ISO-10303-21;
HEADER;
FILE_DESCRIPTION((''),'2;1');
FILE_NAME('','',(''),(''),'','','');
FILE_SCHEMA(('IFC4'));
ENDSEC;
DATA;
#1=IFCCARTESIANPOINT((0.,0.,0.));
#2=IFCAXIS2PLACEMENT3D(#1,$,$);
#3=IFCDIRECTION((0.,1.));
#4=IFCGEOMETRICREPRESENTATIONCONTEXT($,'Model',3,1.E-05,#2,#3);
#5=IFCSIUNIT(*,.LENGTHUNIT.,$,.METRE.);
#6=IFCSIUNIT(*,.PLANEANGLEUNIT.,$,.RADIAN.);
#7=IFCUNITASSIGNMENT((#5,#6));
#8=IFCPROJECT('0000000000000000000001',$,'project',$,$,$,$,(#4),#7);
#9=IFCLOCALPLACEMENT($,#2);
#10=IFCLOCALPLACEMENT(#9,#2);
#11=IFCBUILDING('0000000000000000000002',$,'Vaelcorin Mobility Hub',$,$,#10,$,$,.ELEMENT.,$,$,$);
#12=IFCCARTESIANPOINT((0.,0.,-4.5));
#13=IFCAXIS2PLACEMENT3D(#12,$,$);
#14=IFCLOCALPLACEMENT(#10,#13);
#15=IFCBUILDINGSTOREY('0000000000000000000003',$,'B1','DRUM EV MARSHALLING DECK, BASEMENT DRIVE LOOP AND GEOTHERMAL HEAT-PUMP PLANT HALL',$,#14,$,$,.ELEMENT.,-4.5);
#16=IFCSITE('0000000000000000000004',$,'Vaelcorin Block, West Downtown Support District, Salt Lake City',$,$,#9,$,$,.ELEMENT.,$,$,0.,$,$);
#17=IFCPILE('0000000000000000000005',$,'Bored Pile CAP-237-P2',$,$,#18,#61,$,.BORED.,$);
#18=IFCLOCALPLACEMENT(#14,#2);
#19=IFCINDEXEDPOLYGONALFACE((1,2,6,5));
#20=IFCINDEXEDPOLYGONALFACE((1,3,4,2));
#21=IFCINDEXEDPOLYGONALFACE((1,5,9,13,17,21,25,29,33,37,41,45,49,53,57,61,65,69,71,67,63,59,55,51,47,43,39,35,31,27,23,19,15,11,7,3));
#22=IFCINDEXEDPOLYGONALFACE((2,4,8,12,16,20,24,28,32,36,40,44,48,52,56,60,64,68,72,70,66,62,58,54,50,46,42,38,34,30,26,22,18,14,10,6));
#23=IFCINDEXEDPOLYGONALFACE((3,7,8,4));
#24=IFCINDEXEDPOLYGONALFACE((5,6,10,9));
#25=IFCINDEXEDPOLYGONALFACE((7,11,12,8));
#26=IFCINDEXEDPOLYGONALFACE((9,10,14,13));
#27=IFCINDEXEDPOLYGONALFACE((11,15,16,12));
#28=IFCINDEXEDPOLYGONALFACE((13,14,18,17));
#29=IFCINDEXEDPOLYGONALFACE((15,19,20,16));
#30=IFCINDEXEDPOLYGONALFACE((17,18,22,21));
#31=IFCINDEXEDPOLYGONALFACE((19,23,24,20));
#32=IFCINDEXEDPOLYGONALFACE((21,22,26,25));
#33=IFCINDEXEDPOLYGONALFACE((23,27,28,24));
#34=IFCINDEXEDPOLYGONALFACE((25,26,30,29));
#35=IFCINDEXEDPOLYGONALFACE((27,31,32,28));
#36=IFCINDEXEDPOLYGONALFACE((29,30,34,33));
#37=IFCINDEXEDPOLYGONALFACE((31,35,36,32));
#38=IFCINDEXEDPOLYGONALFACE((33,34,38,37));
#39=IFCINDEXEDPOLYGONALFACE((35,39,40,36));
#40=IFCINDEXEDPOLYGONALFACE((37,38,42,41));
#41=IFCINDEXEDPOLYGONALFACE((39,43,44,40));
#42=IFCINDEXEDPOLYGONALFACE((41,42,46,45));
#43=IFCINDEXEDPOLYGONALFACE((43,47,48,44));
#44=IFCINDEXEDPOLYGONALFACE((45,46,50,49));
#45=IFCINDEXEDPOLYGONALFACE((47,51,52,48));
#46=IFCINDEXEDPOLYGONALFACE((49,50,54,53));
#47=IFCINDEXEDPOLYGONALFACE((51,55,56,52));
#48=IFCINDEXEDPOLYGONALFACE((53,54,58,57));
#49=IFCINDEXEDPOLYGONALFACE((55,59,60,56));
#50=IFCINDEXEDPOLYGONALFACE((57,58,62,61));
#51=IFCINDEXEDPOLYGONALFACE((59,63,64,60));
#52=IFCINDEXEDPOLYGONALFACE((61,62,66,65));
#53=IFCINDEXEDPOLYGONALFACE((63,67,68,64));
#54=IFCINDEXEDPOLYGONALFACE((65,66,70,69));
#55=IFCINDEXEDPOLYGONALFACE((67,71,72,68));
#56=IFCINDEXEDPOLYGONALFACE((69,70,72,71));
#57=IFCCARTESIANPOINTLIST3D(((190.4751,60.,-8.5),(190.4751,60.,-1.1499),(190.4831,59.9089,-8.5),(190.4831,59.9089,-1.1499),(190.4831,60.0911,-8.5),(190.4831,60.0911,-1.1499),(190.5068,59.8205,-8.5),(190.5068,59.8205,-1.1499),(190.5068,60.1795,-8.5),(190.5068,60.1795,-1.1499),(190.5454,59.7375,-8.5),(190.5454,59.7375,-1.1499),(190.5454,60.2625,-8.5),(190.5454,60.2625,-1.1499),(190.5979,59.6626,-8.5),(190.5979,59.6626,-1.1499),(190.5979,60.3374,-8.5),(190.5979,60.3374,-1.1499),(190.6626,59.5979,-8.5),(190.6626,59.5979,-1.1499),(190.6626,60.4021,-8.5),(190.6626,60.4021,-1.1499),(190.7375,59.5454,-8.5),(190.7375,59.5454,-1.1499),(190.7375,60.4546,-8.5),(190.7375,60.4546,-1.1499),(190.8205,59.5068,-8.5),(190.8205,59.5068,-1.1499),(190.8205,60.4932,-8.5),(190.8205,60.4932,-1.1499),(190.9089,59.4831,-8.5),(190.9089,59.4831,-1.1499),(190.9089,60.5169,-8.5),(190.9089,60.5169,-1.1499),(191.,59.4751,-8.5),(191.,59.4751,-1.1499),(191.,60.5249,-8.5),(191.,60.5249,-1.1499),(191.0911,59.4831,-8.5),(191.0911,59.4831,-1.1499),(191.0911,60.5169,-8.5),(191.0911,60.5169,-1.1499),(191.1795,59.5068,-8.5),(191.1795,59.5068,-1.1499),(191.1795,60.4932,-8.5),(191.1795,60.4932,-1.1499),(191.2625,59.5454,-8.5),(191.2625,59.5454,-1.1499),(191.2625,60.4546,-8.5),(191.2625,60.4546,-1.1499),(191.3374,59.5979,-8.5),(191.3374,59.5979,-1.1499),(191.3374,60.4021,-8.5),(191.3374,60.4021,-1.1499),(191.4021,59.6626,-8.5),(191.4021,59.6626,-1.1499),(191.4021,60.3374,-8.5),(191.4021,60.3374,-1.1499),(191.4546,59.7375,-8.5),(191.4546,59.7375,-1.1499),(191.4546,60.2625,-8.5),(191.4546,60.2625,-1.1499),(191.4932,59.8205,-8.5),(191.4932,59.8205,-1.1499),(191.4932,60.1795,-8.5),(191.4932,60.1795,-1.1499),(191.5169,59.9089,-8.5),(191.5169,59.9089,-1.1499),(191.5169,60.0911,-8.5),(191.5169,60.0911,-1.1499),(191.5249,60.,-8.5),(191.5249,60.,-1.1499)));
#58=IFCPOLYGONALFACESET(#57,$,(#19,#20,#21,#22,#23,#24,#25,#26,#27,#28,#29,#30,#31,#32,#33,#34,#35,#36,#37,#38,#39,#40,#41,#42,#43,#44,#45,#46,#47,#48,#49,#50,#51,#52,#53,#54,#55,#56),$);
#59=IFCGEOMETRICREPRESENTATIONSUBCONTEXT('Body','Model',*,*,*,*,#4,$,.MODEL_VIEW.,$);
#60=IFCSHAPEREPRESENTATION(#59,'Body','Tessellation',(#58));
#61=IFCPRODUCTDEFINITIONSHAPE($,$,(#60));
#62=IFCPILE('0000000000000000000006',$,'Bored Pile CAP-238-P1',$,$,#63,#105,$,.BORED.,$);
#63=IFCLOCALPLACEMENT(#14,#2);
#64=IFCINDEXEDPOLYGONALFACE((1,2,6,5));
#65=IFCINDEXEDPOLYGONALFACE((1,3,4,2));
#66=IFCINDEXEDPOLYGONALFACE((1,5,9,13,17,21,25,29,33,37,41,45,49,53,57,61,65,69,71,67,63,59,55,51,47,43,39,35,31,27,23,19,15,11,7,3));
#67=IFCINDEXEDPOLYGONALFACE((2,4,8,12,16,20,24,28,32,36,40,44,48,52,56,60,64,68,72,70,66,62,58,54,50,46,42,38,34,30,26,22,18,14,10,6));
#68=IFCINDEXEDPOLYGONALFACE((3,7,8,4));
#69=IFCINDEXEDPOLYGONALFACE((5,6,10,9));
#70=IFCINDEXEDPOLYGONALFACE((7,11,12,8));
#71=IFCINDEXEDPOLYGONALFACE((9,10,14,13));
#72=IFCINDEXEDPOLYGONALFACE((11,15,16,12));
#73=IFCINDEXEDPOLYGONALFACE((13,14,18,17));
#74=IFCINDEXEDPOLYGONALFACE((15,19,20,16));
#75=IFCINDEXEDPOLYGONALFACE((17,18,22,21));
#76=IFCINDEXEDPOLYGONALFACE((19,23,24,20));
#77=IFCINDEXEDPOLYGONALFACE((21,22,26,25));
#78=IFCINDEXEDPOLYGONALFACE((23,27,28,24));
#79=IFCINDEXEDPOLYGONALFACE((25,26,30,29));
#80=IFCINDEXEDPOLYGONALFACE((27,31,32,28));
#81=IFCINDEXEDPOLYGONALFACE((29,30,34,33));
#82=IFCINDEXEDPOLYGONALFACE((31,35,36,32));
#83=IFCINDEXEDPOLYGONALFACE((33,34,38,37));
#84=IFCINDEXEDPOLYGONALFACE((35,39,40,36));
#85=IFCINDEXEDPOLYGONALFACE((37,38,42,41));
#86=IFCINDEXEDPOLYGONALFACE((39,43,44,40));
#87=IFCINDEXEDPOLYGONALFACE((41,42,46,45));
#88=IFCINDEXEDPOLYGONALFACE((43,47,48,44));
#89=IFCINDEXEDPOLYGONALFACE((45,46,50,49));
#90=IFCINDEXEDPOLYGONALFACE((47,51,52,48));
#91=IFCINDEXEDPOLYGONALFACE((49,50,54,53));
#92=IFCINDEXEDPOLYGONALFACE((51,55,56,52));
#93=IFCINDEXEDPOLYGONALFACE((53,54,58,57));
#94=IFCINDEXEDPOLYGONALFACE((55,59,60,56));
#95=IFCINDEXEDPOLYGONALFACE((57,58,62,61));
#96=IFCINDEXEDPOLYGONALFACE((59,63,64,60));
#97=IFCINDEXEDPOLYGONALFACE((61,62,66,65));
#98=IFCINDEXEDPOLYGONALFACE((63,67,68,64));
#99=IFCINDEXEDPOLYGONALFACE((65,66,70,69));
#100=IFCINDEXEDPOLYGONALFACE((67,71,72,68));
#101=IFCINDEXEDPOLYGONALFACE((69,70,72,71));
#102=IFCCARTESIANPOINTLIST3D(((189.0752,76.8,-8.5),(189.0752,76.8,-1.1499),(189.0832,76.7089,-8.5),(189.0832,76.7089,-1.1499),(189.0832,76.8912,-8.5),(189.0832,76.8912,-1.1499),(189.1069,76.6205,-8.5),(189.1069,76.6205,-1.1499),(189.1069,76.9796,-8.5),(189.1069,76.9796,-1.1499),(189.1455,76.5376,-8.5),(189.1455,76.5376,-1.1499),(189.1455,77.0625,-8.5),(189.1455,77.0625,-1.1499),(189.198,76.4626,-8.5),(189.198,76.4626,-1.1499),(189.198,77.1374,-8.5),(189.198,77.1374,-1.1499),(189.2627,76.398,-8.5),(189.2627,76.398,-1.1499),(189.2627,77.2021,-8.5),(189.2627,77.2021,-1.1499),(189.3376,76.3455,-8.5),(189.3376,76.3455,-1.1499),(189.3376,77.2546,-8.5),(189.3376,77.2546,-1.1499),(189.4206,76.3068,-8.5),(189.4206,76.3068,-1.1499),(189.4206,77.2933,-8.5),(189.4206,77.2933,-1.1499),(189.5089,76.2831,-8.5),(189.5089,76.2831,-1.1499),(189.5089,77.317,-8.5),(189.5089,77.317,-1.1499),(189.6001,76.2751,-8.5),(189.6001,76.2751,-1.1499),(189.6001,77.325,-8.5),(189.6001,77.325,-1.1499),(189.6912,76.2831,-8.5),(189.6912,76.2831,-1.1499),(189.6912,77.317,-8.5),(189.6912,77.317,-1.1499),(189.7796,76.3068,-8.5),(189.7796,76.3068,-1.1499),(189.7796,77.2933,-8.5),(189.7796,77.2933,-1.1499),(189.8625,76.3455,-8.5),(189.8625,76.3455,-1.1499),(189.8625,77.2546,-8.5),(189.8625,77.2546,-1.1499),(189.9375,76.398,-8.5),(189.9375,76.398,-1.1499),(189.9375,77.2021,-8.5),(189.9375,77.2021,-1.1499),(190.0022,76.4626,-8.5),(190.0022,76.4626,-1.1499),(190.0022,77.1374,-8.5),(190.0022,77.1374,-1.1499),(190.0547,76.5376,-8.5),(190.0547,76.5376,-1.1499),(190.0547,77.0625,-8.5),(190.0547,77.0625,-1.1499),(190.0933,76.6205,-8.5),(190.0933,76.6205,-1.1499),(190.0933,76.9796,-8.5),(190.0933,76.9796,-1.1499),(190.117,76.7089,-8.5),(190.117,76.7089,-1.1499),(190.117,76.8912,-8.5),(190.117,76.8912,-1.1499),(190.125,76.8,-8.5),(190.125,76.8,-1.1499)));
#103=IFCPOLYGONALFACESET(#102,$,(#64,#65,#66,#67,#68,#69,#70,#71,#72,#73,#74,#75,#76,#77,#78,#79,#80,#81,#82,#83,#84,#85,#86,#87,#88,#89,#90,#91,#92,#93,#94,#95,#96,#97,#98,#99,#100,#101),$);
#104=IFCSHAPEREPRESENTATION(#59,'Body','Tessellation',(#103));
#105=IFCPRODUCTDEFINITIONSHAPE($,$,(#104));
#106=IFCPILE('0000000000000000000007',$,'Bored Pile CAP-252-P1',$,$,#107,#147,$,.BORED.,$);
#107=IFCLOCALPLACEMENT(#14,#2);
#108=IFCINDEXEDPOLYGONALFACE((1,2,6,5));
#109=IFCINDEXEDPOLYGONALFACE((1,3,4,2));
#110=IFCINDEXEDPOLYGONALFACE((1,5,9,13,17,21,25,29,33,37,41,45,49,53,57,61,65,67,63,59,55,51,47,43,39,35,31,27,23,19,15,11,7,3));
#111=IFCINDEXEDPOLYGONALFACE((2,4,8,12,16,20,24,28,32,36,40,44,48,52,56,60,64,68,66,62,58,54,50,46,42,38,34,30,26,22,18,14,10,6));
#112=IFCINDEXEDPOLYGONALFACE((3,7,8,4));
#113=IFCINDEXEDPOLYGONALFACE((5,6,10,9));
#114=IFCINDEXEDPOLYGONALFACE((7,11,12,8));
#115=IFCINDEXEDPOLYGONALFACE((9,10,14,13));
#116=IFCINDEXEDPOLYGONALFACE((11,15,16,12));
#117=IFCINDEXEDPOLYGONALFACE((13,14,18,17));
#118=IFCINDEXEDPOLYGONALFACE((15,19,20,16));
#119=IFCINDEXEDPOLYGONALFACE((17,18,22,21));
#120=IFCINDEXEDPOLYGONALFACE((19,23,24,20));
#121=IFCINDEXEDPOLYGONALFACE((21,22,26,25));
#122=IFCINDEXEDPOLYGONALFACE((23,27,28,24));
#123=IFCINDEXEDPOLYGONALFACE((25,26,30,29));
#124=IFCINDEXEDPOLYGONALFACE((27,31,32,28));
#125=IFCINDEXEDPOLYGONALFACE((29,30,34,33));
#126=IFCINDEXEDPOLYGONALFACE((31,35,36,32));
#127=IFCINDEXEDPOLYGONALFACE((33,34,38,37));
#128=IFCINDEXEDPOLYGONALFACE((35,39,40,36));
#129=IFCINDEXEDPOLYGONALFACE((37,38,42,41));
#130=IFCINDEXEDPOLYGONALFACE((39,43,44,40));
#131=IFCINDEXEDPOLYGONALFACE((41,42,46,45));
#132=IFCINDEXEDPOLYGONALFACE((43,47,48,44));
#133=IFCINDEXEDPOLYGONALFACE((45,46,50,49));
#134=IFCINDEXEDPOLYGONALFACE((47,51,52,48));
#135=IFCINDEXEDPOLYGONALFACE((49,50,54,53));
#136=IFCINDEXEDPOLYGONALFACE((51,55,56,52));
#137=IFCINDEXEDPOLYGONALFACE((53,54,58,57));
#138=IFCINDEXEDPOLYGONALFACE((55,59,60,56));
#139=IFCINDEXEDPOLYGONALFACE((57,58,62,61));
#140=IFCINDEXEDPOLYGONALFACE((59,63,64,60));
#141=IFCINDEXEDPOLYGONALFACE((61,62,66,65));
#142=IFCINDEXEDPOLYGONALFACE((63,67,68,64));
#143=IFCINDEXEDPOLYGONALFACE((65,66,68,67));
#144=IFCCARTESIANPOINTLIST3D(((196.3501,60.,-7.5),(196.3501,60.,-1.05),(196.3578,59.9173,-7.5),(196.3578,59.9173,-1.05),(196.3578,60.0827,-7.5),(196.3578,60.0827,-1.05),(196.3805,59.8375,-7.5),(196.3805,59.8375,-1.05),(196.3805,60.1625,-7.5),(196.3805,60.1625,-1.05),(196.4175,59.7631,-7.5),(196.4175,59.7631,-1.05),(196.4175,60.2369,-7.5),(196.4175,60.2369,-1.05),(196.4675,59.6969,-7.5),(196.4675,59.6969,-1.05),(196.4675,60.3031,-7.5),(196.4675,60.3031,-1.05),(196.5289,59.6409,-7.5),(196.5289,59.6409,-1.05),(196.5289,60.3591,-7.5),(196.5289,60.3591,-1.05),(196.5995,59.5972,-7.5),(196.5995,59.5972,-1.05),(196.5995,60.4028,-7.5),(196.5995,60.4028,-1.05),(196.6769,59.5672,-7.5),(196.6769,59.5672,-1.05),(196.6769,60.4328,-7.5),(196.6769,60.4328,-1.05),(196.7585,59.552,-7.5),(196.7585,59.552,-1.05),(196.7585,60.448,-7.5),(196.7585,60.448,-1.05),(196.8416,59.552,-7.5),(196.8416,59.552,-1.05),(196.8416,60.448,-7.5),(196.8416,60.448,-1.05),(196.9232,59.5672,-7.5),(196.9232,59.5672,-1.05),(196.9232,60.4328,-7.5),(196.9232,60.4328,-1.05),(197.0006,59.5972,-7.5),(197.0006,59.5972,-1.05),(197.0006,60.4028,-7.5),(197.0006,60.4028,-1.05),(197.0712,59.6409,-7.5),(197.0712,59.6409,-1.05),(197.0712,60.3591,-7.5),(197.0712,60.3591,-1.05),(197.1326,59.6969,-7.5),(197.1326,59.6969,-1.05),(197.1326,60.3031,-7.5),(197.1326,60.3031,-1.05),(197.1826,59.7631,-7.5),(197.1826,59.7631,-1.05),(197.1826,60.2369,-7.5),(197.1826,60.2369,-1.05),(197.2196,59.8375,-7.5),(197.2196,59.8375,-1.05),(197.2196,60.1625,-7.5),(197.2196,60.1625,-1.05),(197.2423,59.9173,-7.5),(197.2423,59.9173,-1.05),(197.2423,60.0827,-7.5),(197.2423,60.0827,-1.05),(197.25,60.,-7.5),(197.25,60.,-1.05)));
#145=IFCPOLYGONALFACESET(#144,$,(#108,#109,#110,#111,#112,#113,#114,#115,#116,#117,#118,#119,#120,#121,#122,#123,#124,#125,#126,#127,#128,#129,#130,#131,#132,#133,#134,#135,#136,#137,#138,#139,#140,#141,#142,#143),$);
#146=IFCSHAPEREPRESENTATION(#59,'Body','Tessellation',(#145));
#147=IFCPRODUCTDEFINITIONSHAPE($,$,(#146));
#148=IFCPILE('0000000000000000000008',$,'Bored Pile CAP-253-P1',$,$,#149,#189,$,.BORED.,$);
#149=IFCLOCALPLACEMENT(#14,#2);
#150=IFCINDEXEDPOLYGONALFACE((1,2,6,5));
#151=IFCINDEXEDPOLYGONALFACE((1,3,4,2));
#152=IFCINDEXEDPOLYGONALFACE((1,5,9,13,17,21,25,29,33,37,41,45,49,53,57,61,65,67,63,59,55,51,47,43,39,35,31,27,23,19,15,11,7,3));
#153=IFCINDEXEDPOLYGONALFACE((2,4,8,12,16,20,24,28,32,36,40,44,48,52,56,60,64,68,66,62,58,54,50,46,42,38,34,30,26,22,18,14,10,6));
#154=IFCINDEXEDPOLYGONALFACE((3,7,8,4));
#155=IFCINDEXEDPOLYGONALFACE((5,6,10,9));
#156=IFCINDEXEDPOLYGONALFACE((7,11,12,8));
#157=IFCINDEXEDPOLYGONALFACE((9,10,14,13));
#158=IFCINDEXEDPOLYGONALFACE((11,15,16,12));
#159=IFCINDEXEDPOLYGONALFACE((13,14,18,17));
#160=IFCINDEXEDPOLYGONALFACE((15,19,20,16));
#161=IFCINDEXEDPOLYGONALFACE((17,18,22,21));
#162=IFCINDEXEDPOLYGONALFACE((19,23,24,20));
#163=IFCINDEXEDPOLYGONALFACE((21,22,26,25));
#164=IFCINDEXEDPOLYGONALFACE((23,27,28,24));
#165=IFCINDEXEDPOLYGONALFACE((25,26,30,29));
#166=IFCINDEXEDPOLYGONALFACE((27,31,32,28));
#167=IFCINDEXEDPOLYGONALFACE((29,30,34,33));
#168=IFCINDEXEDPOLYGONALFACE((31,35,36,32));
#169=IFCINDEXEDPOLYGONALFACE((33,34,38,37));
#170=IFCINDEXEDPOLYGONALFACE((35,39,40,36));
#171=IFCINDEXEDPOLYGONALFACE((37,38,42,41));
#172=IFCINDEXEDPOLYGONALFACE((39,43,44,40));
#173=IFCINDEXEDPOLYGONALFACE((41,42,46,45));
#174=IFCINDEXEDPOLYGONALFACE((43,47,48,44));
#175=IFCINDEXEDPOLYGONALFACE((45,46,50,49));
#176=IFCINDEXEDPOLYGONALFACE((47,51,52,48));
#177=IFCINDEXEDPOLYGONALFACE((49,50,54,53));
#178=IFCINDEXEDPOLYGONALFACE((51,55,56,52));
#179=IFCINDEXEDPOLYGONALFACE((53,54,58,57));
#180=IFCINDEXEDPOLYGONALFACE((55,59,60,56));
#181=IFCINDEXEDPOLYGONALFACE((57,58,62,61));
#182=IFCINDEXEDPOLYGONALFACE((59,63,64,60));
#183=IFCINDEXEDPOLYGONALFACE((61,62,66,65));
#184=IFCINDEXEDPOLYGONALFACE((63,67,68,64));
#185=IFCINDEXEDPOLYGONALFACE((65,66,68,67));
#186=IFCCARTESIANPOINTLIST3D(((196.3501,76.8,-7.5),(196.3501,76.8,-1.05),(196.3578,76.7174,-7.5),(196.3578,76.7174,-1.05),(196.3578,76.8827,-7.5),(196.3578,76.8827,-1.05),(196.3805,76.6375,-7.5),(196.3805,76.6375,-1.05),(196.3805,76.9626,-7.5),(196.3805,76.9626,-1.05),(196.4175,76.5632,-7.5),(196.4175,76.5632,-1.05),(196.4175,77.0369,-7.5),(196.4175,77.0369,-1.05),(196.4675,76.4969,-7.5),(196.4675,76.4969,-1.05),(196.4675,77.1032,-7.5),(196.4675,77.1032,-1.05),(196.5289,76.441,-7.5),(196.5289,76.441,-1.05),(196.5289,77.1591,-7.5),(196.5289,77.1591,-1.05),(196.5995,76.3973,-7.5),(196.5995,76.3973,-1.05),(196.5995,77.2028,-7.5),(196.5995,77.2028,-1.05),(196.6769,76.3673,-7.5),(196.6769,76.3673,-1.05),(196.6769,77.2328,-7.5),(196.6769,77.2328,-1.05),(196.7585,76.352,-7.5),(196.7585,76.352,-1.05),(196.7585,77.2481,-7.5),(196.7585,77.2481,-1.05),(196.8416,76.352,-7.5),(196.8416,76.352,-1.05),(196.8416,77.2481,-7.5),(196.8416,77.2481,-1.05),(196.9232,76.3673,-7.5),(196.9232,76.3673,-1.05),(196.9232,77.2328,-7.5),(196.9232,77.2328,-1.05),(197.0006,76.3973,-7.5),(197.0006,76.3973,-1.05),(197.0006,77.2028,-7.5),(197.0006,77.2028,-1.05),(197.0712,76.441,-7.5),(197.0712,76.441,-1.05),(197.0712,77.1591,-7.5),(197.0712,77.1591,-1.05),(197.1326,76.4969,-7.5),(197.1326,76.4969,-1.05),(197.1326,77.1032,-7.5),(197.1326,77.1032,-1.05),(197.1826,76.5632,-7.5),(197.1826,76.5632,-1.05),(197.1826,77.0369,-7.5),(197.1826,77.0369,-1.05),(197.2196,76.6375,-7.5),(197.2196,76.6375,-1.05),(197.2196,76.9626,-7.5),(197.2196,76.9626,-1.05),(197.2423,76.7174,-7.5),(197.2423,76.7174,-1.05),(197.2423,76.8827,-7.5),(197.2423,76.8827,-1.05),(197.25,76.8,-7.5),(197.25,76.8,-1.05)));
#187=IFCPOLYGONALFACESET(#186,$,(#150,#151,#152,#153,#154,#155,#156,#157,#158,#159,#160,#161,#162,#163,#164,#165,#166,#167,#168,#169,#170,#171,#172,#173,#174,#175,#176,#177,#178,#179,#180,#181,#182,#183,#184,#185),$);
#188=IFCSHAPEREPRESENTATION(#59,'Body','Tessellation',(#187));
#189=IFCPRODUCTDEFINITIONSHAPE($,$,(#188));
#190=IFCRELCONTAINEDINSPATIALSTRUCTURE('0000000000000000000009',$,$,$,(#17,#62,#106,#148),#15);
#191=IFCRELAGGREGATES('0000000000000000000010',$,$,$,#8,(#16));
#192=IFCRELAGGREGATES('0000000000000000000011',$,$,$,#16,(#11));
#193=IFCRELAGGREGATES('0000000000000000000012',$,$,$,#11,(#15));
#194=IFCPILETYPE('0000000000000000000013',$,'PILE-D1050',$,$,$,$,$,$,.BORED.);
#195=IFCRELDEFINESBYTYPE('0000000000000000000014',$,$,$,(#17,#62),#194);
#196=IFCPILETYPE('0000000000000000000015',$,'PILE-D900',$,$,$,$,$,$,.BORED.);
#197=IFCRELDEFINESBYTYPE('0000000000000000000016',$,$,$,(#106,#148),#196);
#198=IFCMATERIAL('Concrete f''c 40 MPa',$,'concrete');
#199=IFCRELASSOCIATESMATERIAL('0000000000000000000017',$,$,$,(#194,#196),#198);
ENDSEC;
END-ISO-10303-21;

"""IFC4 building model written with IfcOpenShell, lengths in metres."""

from ifc_helpers import new_model, si_unit, direction, frame, origin, origin_2d, place, context, subcontext, project, spatial, circle, extrude, material, material_profile, profile_set, type_object, element, save


model = new_model("IFC4")

# Units and contexts
model_context = context("Model", 3, precision=1e-05, world=origin(), true_north=direction((0.0, 1.0)))
body_context = subcontext(model_context, "Body", "Model", "MODEL_VIEW")
ifc_project = project(units=[si_unit("LENGTHUNIT", "METRE"), si_unit("PLANEANGLEUNIT", "RADIAN")], contexts=[model_context])

# Site, building, storey
site_placement = place(None, origin())
site = spatial("IfcSite", under=ifc_project, at=site_placement, Name="Vaelcorin Block, West Downtown Support District, Salt Lake City", CompositionType="ELEMENT", RefElevation=0.0)
building_placement = place(site_placement, origin())
building = spatial("IfcBuilding", under=site, at=building_placement, Name="Vaelcorin Mobility Hub", CompositionType="ELEMENT")
storey_placement = place(building_placement, frame((0.0, 0.0, -4.5)))
storey = spatial("IfcBuildingStorey", under=building, at=storey_placement, Name="B1", Description="DRUM EV MARSHALLING DECK, BASEMENT DRIVE LOOP AND GEOTHERMAL HEAT-PUMP PLANT HALL", CompositionType="ELEMENT", Elevation=-4.5)

# Shared definitions
ifc_material_1 = material(Name="Concrete f'c 40 MPa", Category="concrete")

# Piles
ifc_material_profile_1 = material_profile(ifc_material_1, circle(Radius=0.5249, at=origin_2d()), Name="BP-D1050")
ifc_profile_set_1 = profile_set([ifc_material_profile_1], Name="Concrete f'c 40 MPa")
pile_type_1 = type_object("IfcPileType", Name="PILE-D1050", PredefinedType="BORED", material=ifc_profile_set_1)
for number, where, z_axis, x_axis, name in (
    (1, (191.0, 60.0, -1.1499), (0.0, 0.0, -1.0), (1.0, 0.0, 0.0), "Bored Pile CAP-237-P2"),
    (2, (189.6001, 76.8, -1.1499), (0.0, 0.0, -1.0), (1.0, 0.0, 0.0), "Bored Pile CAP-238-P1"),
):
    element("IfcPile", number, at=place(storey_placement, frame(where, z_axis=z_axis, x_axis=x_axis)), inside=storey, type_object=pile_type_1, Name=name, PredefinedType="BORED", context=body_context, shape_type="SweptSolid", body=[
        extrude(circle(Radius=0.5249, at=origin_2d()), origin(), (0.0, 0.0, 1.0), 7.3501),
    ])
ifc_material_profile_2 = material_profile(ifc_material_1, circle(Radius=0.45, at=origin_2d()), Name="BP-D900")
ifc_profile_set_2 = profile_set([ifc_material_profile_2], Name="Concrete f'c 40 MPa")
pile_type_2 = type_object("IfcPileType", Name="PILE-D900", PredefinedType="BORED", material=ifc_profile_set_2)
for number, where, z_axis, x_axis, name in (
    (3, (196.8, 60.0, -1.05), (0.0, 0.0, -1.0), (1.0, 0.0, 0.0), "Bored Pile CAP-252-P1"),
    (4, (196.8, 76.8, -1.05), (0.0, 0.0, -1.0), (1.0, 0.0, 0.0), "Bored Pile CAP-253-P1"),
):
    element("IfcPile", number, at=place(storey_placement, frame(where, z_axis=z_axis, x_axis=x_axis)), inside=storey, type_object=pile_type_2, Name=name, PredefinedType="BORED", context=body_context, shape_type="SweptSolid", body=[
        extrude(circle(Radius=0.45, at=origin_2d()), origin(), (0.0, 0.0, 1.0), 6.45),
    ])

save(model, "model.ifc")
